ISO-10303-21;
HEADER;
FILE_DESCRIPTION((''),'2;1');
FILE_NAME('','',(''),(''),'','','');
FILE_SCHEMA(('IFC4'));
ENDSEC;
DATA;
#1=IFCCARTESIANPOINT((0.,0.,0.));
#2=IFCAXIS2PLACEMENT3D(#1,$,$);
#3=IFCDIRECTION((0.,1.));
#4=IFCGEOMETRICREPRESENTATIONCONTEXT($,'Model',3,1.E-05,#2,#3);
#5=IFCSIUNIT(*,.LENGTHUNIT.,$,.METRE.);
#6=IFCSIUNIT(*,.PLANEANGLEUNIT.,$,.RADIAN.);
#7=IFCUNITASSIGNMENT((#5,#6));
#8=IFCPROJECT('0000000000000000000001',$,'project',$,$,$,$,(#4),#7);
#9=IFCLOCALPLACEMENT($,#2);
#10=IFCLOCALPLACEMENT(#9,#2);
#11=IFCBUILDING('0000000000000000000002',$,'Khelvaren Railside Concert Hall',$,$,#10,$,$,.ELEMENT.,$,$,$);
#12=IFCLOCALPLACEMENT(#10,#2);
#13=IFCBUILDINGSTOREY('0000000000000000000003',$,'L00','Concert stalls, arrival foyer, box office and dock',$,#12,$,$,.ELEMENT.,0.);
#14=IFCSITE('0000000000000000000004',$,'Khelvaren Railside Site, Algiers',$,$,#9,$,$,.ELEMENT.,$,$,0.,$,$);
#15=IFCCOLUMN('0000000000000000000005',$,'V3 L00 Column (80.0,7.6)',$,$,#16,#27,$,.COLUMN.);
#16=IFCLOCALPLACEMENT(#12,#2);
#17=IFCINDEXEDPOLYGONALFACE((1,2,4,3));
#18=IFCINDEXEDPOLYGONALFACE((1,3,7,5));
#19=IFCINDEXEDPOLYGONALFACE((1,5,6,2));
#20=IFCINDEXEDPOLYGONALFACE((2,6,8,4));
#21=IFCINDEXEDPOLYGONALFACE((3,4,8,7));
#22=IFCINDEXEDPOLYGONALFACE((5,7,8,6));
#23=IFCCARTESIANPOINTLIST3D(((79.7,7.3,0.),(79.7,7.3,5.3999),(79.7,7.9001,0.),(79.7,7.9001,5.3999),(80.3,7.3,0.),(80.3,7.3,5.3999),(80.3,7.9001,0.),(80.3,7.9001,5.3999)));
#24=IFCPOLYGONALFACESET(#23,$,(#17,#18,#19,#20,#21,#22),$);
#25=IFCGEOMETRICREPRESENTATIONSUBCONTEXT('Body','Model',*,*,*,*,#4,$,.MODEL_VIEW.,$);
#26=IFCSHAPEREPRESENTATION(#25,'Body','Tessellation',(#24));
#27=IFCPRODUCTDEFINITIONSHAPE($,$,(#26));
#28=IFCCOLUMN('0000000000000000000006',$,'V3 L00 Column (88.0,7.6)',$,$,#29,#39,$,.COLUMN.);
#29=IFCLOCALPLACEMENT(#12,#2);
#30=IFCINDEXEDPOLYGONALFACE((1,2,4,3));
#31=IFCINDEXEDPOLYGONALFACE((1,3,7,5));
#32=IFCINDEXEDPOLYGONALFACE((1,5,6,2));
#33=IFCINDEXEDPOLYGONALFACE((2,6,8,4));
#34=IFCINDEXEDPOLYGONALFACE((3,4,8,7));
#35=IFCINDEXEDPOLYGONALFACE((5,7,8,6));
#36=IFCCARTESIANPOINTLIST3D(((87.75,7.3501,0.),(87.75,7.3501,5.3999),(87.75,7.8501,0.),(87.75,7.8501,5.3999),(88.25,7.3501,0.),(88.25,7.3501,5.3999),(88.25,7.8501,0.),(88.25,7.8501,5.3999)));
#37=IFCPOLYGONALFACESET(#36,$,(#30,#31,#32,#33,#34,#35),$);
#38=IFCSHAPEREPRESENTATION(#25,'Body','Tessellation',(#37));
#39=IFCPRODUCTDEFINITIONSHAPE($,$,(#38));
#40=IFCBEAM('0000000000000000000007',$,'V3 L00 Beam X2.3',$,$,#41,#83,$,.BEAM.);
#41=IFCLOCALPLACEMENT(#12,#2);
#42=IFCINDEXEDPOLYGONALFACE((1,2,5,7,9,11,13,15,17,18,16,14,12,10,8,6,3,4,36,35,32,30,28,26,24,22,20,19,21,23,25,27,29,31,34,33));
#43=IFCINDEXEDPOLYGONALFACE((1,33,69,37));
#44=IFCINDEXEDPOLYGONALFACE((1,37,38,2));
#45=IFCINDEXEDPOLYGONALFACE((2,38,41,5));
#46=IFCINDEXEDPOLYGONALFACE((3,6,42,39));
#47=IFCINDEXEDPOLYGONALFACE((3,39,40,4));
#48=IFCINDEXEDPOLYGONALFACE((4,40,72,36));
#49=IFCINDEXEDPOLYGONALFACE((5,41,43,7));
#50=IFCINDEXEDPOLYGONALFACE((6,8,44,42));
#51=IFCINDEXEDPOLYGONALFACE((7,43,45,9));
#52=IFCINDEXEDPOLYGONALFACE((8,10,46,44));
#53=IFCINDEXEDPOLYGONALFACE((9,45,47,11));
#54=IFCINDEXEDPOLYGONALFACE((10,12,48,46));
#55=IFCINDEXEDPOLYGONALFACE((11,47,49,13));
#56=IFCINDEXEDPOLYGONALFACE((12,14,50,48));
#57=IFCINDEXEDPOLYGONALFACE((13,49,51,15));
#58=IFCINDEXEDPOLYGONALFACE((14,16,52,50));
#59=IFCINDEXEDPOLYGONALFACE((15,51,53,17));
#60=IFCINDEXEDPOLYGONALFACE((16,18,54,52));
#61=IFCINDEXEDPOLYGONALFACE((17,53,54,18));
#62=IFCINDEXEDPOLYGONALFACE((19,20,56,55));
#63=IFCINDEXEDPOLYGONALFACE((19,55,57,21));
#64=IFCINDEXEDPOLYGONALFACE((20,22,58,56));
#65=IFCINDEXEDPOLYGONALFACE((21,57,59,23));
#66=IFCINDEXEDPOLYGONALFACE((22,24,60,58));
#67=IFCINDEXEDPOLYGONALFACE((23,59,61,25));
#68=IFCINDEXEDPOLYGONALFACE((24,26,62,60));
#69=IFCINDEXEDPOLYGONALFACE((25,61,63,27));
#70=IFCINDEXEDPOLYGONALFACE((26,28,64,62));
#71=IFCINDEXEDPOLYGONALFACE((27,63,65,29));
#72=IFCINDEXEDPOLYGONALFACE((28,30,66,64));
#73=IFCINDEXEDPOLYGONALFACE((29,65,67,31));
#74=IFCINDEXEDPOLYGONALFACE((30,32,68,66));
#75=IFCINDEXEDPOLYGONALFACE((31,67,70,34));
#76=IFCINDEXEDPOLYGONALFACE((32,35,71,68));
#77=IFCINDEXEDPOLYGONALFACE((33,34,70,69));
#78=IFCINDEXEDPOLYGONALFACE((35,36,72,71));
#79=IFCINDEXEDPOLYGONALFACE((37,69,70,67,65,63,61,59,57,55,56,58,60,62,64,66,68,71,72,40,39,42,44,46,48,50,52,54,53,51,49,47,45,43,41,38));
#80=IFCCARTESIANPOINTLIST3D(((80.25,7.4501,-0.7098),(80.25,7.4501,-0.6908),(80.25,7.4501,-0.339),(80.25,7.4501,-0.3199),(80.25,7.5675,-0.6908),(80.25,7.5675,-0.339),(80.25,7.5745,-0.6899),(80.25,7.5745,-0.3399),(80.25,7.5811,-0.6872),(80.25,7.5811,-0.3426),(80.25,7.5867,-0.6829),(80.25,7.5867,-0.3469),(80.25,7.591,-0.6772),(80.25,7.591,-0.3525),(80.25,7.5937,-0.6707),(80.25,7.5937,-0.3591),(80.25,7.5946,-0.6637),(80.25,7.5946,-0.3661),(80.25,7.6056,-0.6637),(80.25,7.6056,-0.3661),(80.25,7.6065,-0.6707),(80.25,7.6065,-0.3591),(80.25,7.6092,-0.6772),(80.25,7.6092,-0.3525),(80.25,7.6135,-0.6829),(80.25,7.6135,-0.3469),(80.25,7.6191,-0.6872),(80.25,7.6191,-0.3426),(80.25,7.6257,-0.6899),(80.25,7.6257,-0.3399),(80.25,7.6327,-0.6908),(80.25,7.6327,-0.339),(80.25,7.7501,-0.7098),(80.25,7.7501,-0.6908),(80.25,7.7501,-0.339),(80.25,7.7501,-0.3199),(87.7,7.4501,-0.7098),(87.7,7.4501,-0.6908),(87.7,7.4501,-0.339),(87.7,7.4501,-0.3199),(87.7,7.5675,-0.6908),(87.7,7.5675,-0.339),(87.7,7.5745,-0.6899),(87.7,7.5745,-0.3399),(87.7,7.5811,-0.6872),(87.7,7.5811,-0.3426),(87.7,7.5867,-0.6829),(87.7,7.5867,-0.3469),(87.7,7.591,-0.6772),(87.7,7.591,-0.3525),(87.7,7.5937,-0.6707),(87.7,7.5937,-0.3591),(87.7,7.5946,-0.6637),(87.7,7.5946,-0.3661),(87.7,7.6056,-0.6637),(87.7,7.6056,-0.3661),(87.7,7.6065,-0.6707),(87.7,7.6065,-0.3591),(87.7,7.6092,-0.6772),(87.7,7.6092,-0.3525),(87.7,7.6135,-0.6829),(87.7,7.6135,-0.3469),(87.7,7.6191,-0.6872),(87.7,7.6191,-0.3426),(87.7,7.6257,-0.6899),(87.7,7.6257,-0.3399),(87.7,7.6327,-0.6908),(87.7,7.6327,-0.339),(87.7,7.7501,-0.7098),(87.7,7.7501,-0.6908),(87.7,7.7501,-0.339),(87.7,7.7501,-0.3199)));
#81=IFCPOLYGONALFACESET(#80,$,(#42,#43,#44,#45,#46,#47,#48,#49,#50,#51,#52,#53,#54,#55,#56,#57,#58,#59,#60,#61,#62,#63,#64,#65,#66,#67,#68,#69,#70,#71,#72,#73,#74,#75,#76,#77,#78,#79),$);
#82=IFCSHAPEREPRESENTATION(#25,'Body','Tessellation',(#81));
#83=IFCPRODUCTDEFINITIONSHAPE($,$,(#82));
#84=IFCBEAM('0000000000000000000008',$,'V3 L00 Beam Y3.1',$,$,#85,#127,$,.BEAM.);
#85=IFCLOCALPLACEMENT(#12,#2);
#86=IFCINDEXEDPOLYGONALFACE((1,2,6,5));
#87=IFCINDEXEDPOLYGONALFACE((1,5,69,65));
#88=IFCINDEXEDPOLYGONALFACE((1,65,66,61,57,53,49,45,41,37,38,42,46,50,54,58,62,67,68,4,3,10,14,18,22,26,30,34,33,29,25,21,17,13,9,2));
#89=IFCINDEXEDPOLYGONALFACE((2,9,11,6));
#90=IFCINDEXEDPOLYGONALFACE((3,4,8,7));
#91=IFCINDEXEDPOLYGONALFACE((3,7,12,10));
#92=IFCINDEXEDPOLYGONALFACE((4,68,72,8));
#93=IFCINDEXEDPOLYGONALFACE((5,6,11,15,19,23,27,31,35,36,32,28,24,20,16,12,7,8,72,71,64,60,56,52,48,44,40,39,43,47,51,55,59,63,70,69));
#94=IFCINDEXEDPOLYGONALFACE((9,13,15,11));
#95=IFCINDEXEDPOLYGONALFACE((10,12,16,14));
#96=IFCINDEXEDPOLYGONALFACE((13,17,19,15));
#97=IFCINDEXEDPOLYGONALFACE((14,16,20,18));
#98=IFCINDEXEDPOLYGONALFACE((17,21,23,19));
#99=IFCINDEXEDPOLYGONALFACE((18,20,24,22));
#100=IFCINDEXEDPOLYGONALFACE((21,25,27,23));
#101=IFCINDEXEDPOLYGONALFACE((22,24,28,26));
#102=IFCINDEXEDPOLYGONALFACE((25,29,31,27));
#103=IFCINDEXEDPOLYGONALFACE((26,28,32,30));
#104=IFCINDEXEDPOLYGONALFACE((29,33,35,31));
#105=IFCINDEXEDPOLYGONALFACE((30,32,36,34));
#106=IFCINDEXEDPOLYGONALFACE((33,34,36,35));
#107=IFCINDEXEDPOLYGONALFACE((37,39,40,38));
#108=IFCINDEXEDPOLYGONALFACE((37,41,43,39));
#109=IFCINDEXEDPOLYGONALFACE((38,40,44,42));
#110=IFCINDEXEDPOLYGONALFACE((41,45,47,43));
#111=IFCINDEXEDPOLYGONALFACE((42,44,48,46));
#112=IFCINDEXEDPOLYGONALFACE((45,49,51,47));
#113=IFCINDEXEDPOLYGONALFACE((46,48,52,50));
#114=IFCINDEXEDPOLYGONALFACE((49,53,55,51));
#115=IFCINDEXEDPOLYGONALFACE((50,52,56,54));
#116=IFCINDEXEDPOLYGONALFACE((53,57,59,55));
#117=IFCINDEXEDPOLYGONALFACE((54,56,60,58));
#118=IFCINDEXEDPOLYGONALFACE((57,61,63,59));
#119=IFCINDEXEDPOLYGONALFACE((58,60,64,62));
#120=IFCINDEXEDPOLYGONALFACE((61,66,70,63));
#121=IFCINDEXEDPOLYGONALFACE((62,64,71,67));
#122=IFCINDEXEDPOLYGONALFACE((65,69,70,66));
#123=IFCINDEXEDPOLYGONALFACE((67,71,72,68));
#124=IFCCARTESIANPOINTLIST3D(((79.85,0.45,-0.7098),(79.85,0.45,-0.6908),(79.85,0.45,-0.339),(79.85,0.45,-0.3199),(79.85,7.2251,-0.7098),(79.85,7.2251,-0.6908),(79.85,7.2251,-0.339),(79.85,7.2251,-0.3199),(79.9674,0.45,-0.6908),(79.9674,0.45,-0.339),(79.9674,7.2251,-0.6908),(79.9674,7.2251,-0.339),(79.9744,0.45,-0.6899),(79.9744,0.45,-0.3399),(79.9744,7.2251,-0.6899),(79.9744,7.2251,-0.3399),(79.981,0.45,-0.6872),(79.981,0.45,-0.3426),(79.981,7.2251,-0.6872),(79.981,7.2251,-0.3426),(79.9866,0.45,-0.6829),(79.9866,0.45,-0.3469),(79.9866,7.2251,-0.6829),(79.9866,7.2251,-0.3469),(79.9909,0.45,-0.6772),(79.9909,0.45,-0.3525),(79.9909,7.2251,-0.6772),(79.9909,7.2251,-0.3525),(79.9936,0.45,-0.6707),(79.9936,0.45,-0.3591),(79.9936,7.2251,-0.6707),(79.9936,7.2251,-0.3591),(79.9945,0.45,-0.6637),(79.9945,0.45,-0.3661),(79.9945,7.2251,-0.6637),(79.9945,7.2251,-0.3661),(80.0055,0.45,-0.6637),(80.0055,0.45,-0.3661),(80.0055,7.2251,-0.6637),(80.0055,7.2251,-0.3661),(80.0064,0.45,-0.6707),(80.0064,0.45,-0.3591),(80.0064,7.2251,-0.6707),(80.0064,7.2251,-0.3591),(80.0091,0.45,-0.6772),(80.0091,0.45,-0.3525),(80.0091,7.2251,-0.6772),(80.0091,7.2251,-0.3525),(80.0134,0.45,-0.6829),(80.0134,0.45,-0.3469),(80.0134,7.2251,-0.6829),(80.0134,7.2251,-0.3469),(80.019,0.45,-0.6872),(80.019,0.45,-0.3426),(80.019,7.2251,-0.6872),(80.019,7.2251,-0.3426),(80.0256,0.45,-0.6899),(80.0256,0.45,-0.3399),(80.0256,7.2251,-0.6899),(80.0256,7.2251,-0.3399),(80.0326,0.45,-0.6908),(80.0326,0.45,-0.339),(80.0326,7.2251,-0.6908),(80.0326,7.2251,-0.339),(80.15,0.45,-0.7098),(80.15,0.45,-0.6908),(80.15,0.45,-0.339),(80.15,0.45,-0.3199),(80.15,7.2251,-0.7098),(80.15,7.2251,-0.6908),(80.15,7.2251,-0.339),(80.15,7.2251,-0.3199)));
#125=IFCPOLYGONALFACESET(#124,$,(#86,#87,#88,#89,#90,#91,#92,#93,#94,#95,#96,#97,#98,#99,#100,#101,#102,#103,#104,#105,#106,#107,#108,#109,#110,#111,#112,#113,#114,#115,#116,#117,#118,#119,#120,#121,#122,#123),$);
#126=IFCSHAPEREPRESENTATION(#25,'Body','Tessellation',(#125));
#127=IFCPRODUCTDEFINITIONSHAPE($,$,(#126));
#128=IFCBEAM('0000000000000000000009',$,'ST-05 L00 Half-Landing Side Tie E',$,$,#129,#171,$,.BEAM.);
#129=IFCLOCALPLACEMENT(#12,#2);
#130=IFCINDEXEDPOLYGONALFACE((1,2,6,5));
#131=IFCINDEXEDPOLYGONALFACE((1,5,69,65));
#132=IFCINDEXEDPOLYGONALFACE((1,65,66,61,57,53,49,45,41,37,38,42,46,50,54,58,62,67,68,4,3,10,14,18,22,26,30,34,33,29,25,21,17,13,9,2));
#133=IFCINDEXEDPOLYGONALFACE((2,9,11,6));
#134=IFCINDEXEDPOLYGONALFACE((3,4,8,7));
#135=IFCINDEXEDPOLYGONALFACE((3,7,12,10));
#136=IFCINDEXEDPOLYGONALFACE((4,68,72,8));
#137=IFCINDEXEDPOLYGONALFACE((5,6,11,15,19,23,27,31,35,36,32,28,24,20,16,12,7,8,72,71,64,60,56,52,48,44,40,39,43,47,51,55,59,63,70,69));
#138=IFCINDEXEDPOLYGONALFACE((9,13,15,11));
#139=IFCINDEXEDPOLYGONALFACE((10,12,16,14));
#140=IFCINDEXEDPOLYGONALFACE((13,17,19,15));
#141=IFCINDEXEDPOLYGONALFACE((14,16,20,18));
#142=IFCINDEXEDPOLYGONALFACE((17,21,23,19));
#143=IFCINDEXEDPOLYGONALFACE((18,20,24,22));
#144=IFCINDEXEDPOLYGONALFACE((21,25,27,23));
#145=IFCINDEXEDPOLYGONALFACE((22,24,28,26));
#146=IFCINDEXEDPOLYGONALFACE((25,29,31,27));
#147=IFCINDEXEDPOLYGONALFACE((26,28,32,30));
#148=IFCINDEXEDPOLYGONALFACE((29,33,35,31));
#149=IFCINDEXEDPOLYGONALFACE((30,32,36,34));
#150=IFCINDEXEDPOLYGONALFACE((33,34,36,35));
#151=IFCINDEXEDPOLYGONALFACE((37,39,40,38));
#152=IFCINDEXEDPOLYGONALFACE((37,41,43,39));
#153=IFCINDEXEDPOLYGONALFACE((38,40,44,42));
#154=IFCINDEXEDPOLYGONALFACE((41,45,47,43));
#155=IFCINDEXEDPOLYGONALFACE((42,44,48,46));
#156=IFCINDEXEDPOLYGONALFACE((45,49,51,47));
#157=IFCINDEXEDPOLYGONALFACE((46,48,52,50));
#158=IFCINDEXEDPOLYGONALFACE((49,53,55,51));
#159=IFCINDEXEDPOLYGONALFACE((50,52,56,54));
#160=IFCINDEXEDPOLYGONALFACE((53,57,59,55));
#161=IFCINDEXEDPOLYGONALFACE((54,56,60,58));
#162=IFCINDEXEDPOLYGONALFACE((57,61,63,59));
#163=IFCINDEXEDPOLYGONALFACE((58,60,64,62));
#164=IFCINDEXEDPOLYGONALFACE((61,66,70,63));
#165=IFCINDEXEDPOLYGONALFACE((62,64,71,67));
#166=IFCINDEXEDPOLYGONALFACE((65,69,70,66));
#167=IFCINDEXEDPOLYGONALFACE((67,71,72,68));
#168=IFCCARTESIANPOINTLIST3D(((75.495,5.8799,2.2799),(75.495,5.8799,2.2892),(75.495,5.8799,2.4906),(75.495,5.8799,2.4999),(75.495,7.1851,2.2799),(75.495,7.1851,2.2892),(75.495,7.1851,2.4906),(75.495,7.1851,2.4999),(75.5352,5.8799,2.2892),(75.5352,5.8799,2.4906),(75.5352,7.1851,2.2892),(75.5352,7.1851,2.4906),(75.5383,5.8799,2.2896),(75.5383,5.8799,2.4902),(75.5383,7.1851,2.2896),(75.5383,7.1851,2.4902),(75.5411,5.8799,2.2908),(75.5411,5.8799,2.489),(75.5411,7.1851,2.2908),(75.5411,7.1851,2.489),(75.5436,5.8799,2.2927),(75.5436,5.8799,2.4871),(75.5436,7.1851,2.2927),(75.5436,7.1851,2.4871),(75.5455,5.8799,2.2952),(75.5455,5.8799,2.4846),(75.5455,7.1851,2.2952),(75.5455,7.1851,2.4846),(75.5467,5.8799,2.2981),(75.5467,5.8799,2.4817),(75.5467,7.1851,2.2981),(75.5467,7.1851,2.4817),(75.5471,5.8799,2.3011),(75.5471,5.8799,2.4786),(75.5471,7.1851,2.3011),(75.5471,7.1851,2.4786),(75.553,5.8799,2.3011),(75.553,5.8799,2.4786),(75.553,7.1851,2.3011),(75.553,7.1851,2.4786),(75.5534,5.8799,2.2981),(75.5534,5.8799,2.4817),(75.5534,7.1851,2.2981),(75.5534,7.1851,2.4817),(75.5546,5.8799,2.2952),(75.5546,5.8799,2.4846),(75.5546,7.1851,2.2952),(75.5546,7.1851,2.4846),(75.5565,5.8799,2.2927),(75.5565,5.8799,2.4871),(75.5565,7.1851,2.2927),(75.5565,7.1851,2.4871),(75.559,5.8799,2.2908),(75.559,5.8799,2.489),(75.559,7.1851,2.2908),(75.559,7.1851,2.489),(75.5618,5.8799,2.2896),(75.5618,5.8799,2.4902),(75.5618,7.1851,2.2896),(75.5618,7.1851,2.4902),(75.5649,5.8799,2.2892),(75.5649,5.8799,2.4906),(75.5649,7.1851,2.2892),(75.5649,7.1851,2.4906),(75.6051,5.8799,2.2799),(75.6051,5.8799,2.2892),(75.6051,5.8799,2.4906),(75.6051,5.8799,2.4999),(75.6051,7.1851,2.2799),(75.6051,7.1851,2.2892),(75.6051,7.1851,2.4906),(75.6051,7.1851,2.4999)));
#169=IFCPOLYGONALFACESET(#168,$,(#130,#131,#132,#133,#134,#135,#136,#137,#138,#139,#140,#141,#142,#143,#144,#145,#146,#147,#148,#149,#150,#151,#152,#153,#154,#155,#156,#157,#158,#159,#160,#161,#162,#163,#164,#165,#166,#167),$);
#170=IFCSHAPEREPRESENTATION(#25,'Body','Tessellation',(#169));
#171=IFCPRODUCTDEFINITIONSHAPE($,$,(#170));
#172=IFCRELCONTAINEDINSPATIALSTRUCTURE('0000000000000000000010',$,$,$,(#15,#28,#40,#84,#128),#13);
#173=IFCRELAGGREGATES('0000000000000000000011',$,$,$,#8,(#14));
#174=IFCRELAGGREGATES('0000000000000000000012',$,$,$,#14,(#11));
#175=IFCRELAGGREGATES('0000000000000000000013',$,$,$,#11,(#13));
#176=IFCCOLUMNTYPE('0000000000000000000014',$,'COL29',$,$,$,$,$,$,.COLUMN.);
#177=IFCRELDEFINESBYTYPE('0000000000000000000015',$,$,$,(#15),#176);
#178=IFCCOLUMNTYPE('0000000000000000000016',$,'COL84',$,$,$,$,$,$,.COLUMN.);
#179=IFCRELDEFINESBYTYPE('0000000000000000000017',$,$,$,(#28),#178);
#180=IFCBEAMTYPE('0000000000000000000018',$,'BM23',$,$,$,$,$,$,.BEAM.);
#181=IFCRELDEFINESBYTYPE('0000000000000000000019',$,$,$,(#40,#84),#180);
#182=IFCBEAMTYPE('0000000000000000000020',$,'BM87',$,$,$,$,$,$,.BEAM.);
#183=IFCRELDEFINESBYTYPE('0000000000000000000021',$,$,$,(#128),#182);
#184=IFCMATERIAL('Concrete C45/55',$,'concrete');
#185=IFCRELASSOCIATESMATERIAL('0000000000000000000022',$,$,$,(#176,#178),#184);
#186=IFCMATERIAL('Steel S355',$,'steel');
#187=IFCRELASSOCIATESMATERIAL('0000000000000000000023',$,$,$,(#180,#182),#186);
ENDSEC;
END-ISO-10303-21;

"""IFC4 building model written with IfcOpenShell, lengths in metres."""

from ifc_helpers import new_model, si_unit, direction, frame, origin, origin_2d, place, context, subcontext, project, spatial, rectangle, i_section, extrude, material, material_profile, profile_set, type_object, element, save


model = new_model("IFC4")

# Units and contexts
model_context = context("Model", 3, precision=1e-05, world=origin(), true_north=direction((0.0, 1.0)))
body_context = subcontext(model_context, "Body", "Model", "MODEL_VIEW")
ifc_project = project(units=[si_unit("LENGTHUNIT", "METRE"), si_unit("PLANEANGLEUNIT", "RADIAN")], contexts=[model_context])

# Site, building, storey
site_placement = place(None, origin())
site = spatial("IfcSite", under=ifc_project, at=site_placement, Name="Khelvaren Railside Site, Algiers", CompositionType="ELEMENT", RefElevation=0.0)
building_placement = place(site_placement, origin())
building = spatial("IfcBuilding", under=site, at=building_placement, Name="Khelvaren Railside Concert Hall", CompositionType="ELEMENT")
storey_placement = place(building_placement, origin())
storey = spatial("IfcBuildingStorey", under=building, at=storey_placement, Name="L00", Description="Concert stalls, arrival foyer, box office and dock", CompositionType="ELEMENT", Elevation=0.0)

# Columns
ifc_material_1 = material(Name="Concrete C45/55", Category="concrete")
ifc_material_profile_1 = material_profile(ifc_material_1, rectangle(XDim=0.6001, YDim=0.6001, at=origin_2d()), Name="RC 600x600")
ifc_profile_set_1 = profile_set([ifc_material_profile_1], Name="Concrete C45/55")
column_type_1 = type_object("IfcColumnType", Name="COL29", PredefinedType="COLUMN", material=ifc_profile_set_1)
column_1_placement = place(storey_placement, frame((80.0, 7.6001, 0.0), z_axis=(0.0, 0.0, 1.0), x_axis=(1.0, 0.0, 0.0)))
element("IfcColumn", 1, at=column_1_placement, inside=storey, type_object=column_type_1, Name="V3 L00 Column (80.0,7.6)", PredefinedType="COLUMN", context=body_context, shape_type="SweptSolid", body=[
    extrude(rectangle(XDim=0.6001, YDim=0.6001, at=origin_2d()), origin(), (0.0, 0.0, 1.0), 5.3999),
])
ifc_material_profile_2 = material_profile(ifc_material_1, rectangle(XDim=0.5, YDim=0.5, at=origin_2d()), Name="RC 500x500")
ifc_profile_set_2 = profile_set([ifc_material_profile_2], Name="Concrete C45/55")
column_type_2 = type_object("IfcColumnType", Name="COL84", PredefinedType="COLUMN", material=ifc_profile_set_2)
column_2_placement = place(storey_placement, frame((88.0, 7.6001, 0.0), z_axis=(0.0, 0.0, 1.0), x_axis=(1.0, 0.0, 0.0)))
element("IfcColumn", 2, at=column_2_placement, inside=storey, type_object=column_type_2, Name="V3 L00 Column (88.0,7.6)", PredefinedType="COLUMN", context=body_context, shape_type="SweptSolid", body=[
    extrude(rectangle(XDim=0.5, YDim=0.5, at=origin_2d()), origin(), (0.0, 0.0, 1.0), 5.3999),
])

# Beams
ifc_material_2 = material(Name="Steel S355", Category="steel")
ifc_material_profile_3 = material_profile(ifc_material_2, i_section(OverallWidth=0.3, OverallDepth=0.3899, WebThickness=0.011, FlangeThickness=0.019, FilletRadius=0.0271, at=origin_2d()), Name="HEA 400")
ifc_profile_set_3 = profile_set([ifc_material_profile_3], Name="Steel S355")
beam_type_1 = type_object("IfcBeamType", Name="BM23", PredefinedType="BEAM", material=ifc_profile_set_3)
beam_1_placement = place(storey_placement, frame((80.25, 7.6001, -0.5149), z_axis=(1.0, 0.0, 0.0), x_axis=(0.0, 1.0, 0.0)))
element("IfcBeam", 3, at=beam_1_placement, inside=storey, type_object=beam_type_1, Name="V3 L00 Beam X2.3", PredefinedType="BEAM", context=body_context, shape_type="SweptSolid", body=[
    extrude(i_section(OverallWidth=0.3, OverallDepth=0.3899, WebThickness=0.011, FlangeThickness=0.019, FilletRadius=0.0271, at=origin_2d()), origin(), (0.0, 0.0, 1.0), 7.45),
])
beam_2_placement = place(storey_placement, frame((80.0, 0.45, -0.5149), z_axis=(0.0, 1.0, 0.0), x_axis=(-1.0, 0.0, 0.0)))
element("IfcBeam", 4, at=beam_2_placement, inside=storey, type_object=beam_type_1, Name="V3 L00 Beam Y3.1", PredefinedType="BEAM", context=body_context, shape_type="SweptSolid", body=[
    extrude(i_section(OverallWidth=0.3, OverallDepth=0.3899, WebThickness=0.011, FlangeThickness=0.019, FilletRadius=0.0271, at=origin_2d()), origin(), (0.0, 0.0, 1.0), 6.7751),
])
ifc_material_profile_4 = material_profile(ifc_material_2, i_section(OverallWidth=0.1101, OverallDepth=0.22, WebThickness=0.0059, FlangeThickness=0.0093, FilletRadius=0.012, at=origin_2d()), Name="IPE 220")
ifc_profile_set_4 = profile_set([ifc_material_profile_4], Name="Steel S355")
beam_type_2 = type_object("IfcBeamType", Name="BM87", PredefinedType="BEAM", material=ifc_profile_set_4)
beam_3_placement = place(storey_placement, frame((75.55, 5.8799, 2.3899), z_axis=(0.0, 1.0, 0.0), x_axis=(-1.0, 0.0, 0.0)))
element("IfcBeam", 5, at=beam_3_placement, inside=storey, type_object=beam_type_2, Name="ST-05 L00 Half-Landing Side Tie E", PredefinedType="BEAM", context=body_context, shape_type="SweptSolid", body=[
    extrude(i_section(OverallWidth=0.1101, OverallDepth=0.22, WebThickness=0.0059, FlangeThickness=0.0093, FilletRadius=0.012, at=origin_2d()), origin(), (0.0, 0.0, 1.0), 1.3052),
])

save(model, "model.ifc")
